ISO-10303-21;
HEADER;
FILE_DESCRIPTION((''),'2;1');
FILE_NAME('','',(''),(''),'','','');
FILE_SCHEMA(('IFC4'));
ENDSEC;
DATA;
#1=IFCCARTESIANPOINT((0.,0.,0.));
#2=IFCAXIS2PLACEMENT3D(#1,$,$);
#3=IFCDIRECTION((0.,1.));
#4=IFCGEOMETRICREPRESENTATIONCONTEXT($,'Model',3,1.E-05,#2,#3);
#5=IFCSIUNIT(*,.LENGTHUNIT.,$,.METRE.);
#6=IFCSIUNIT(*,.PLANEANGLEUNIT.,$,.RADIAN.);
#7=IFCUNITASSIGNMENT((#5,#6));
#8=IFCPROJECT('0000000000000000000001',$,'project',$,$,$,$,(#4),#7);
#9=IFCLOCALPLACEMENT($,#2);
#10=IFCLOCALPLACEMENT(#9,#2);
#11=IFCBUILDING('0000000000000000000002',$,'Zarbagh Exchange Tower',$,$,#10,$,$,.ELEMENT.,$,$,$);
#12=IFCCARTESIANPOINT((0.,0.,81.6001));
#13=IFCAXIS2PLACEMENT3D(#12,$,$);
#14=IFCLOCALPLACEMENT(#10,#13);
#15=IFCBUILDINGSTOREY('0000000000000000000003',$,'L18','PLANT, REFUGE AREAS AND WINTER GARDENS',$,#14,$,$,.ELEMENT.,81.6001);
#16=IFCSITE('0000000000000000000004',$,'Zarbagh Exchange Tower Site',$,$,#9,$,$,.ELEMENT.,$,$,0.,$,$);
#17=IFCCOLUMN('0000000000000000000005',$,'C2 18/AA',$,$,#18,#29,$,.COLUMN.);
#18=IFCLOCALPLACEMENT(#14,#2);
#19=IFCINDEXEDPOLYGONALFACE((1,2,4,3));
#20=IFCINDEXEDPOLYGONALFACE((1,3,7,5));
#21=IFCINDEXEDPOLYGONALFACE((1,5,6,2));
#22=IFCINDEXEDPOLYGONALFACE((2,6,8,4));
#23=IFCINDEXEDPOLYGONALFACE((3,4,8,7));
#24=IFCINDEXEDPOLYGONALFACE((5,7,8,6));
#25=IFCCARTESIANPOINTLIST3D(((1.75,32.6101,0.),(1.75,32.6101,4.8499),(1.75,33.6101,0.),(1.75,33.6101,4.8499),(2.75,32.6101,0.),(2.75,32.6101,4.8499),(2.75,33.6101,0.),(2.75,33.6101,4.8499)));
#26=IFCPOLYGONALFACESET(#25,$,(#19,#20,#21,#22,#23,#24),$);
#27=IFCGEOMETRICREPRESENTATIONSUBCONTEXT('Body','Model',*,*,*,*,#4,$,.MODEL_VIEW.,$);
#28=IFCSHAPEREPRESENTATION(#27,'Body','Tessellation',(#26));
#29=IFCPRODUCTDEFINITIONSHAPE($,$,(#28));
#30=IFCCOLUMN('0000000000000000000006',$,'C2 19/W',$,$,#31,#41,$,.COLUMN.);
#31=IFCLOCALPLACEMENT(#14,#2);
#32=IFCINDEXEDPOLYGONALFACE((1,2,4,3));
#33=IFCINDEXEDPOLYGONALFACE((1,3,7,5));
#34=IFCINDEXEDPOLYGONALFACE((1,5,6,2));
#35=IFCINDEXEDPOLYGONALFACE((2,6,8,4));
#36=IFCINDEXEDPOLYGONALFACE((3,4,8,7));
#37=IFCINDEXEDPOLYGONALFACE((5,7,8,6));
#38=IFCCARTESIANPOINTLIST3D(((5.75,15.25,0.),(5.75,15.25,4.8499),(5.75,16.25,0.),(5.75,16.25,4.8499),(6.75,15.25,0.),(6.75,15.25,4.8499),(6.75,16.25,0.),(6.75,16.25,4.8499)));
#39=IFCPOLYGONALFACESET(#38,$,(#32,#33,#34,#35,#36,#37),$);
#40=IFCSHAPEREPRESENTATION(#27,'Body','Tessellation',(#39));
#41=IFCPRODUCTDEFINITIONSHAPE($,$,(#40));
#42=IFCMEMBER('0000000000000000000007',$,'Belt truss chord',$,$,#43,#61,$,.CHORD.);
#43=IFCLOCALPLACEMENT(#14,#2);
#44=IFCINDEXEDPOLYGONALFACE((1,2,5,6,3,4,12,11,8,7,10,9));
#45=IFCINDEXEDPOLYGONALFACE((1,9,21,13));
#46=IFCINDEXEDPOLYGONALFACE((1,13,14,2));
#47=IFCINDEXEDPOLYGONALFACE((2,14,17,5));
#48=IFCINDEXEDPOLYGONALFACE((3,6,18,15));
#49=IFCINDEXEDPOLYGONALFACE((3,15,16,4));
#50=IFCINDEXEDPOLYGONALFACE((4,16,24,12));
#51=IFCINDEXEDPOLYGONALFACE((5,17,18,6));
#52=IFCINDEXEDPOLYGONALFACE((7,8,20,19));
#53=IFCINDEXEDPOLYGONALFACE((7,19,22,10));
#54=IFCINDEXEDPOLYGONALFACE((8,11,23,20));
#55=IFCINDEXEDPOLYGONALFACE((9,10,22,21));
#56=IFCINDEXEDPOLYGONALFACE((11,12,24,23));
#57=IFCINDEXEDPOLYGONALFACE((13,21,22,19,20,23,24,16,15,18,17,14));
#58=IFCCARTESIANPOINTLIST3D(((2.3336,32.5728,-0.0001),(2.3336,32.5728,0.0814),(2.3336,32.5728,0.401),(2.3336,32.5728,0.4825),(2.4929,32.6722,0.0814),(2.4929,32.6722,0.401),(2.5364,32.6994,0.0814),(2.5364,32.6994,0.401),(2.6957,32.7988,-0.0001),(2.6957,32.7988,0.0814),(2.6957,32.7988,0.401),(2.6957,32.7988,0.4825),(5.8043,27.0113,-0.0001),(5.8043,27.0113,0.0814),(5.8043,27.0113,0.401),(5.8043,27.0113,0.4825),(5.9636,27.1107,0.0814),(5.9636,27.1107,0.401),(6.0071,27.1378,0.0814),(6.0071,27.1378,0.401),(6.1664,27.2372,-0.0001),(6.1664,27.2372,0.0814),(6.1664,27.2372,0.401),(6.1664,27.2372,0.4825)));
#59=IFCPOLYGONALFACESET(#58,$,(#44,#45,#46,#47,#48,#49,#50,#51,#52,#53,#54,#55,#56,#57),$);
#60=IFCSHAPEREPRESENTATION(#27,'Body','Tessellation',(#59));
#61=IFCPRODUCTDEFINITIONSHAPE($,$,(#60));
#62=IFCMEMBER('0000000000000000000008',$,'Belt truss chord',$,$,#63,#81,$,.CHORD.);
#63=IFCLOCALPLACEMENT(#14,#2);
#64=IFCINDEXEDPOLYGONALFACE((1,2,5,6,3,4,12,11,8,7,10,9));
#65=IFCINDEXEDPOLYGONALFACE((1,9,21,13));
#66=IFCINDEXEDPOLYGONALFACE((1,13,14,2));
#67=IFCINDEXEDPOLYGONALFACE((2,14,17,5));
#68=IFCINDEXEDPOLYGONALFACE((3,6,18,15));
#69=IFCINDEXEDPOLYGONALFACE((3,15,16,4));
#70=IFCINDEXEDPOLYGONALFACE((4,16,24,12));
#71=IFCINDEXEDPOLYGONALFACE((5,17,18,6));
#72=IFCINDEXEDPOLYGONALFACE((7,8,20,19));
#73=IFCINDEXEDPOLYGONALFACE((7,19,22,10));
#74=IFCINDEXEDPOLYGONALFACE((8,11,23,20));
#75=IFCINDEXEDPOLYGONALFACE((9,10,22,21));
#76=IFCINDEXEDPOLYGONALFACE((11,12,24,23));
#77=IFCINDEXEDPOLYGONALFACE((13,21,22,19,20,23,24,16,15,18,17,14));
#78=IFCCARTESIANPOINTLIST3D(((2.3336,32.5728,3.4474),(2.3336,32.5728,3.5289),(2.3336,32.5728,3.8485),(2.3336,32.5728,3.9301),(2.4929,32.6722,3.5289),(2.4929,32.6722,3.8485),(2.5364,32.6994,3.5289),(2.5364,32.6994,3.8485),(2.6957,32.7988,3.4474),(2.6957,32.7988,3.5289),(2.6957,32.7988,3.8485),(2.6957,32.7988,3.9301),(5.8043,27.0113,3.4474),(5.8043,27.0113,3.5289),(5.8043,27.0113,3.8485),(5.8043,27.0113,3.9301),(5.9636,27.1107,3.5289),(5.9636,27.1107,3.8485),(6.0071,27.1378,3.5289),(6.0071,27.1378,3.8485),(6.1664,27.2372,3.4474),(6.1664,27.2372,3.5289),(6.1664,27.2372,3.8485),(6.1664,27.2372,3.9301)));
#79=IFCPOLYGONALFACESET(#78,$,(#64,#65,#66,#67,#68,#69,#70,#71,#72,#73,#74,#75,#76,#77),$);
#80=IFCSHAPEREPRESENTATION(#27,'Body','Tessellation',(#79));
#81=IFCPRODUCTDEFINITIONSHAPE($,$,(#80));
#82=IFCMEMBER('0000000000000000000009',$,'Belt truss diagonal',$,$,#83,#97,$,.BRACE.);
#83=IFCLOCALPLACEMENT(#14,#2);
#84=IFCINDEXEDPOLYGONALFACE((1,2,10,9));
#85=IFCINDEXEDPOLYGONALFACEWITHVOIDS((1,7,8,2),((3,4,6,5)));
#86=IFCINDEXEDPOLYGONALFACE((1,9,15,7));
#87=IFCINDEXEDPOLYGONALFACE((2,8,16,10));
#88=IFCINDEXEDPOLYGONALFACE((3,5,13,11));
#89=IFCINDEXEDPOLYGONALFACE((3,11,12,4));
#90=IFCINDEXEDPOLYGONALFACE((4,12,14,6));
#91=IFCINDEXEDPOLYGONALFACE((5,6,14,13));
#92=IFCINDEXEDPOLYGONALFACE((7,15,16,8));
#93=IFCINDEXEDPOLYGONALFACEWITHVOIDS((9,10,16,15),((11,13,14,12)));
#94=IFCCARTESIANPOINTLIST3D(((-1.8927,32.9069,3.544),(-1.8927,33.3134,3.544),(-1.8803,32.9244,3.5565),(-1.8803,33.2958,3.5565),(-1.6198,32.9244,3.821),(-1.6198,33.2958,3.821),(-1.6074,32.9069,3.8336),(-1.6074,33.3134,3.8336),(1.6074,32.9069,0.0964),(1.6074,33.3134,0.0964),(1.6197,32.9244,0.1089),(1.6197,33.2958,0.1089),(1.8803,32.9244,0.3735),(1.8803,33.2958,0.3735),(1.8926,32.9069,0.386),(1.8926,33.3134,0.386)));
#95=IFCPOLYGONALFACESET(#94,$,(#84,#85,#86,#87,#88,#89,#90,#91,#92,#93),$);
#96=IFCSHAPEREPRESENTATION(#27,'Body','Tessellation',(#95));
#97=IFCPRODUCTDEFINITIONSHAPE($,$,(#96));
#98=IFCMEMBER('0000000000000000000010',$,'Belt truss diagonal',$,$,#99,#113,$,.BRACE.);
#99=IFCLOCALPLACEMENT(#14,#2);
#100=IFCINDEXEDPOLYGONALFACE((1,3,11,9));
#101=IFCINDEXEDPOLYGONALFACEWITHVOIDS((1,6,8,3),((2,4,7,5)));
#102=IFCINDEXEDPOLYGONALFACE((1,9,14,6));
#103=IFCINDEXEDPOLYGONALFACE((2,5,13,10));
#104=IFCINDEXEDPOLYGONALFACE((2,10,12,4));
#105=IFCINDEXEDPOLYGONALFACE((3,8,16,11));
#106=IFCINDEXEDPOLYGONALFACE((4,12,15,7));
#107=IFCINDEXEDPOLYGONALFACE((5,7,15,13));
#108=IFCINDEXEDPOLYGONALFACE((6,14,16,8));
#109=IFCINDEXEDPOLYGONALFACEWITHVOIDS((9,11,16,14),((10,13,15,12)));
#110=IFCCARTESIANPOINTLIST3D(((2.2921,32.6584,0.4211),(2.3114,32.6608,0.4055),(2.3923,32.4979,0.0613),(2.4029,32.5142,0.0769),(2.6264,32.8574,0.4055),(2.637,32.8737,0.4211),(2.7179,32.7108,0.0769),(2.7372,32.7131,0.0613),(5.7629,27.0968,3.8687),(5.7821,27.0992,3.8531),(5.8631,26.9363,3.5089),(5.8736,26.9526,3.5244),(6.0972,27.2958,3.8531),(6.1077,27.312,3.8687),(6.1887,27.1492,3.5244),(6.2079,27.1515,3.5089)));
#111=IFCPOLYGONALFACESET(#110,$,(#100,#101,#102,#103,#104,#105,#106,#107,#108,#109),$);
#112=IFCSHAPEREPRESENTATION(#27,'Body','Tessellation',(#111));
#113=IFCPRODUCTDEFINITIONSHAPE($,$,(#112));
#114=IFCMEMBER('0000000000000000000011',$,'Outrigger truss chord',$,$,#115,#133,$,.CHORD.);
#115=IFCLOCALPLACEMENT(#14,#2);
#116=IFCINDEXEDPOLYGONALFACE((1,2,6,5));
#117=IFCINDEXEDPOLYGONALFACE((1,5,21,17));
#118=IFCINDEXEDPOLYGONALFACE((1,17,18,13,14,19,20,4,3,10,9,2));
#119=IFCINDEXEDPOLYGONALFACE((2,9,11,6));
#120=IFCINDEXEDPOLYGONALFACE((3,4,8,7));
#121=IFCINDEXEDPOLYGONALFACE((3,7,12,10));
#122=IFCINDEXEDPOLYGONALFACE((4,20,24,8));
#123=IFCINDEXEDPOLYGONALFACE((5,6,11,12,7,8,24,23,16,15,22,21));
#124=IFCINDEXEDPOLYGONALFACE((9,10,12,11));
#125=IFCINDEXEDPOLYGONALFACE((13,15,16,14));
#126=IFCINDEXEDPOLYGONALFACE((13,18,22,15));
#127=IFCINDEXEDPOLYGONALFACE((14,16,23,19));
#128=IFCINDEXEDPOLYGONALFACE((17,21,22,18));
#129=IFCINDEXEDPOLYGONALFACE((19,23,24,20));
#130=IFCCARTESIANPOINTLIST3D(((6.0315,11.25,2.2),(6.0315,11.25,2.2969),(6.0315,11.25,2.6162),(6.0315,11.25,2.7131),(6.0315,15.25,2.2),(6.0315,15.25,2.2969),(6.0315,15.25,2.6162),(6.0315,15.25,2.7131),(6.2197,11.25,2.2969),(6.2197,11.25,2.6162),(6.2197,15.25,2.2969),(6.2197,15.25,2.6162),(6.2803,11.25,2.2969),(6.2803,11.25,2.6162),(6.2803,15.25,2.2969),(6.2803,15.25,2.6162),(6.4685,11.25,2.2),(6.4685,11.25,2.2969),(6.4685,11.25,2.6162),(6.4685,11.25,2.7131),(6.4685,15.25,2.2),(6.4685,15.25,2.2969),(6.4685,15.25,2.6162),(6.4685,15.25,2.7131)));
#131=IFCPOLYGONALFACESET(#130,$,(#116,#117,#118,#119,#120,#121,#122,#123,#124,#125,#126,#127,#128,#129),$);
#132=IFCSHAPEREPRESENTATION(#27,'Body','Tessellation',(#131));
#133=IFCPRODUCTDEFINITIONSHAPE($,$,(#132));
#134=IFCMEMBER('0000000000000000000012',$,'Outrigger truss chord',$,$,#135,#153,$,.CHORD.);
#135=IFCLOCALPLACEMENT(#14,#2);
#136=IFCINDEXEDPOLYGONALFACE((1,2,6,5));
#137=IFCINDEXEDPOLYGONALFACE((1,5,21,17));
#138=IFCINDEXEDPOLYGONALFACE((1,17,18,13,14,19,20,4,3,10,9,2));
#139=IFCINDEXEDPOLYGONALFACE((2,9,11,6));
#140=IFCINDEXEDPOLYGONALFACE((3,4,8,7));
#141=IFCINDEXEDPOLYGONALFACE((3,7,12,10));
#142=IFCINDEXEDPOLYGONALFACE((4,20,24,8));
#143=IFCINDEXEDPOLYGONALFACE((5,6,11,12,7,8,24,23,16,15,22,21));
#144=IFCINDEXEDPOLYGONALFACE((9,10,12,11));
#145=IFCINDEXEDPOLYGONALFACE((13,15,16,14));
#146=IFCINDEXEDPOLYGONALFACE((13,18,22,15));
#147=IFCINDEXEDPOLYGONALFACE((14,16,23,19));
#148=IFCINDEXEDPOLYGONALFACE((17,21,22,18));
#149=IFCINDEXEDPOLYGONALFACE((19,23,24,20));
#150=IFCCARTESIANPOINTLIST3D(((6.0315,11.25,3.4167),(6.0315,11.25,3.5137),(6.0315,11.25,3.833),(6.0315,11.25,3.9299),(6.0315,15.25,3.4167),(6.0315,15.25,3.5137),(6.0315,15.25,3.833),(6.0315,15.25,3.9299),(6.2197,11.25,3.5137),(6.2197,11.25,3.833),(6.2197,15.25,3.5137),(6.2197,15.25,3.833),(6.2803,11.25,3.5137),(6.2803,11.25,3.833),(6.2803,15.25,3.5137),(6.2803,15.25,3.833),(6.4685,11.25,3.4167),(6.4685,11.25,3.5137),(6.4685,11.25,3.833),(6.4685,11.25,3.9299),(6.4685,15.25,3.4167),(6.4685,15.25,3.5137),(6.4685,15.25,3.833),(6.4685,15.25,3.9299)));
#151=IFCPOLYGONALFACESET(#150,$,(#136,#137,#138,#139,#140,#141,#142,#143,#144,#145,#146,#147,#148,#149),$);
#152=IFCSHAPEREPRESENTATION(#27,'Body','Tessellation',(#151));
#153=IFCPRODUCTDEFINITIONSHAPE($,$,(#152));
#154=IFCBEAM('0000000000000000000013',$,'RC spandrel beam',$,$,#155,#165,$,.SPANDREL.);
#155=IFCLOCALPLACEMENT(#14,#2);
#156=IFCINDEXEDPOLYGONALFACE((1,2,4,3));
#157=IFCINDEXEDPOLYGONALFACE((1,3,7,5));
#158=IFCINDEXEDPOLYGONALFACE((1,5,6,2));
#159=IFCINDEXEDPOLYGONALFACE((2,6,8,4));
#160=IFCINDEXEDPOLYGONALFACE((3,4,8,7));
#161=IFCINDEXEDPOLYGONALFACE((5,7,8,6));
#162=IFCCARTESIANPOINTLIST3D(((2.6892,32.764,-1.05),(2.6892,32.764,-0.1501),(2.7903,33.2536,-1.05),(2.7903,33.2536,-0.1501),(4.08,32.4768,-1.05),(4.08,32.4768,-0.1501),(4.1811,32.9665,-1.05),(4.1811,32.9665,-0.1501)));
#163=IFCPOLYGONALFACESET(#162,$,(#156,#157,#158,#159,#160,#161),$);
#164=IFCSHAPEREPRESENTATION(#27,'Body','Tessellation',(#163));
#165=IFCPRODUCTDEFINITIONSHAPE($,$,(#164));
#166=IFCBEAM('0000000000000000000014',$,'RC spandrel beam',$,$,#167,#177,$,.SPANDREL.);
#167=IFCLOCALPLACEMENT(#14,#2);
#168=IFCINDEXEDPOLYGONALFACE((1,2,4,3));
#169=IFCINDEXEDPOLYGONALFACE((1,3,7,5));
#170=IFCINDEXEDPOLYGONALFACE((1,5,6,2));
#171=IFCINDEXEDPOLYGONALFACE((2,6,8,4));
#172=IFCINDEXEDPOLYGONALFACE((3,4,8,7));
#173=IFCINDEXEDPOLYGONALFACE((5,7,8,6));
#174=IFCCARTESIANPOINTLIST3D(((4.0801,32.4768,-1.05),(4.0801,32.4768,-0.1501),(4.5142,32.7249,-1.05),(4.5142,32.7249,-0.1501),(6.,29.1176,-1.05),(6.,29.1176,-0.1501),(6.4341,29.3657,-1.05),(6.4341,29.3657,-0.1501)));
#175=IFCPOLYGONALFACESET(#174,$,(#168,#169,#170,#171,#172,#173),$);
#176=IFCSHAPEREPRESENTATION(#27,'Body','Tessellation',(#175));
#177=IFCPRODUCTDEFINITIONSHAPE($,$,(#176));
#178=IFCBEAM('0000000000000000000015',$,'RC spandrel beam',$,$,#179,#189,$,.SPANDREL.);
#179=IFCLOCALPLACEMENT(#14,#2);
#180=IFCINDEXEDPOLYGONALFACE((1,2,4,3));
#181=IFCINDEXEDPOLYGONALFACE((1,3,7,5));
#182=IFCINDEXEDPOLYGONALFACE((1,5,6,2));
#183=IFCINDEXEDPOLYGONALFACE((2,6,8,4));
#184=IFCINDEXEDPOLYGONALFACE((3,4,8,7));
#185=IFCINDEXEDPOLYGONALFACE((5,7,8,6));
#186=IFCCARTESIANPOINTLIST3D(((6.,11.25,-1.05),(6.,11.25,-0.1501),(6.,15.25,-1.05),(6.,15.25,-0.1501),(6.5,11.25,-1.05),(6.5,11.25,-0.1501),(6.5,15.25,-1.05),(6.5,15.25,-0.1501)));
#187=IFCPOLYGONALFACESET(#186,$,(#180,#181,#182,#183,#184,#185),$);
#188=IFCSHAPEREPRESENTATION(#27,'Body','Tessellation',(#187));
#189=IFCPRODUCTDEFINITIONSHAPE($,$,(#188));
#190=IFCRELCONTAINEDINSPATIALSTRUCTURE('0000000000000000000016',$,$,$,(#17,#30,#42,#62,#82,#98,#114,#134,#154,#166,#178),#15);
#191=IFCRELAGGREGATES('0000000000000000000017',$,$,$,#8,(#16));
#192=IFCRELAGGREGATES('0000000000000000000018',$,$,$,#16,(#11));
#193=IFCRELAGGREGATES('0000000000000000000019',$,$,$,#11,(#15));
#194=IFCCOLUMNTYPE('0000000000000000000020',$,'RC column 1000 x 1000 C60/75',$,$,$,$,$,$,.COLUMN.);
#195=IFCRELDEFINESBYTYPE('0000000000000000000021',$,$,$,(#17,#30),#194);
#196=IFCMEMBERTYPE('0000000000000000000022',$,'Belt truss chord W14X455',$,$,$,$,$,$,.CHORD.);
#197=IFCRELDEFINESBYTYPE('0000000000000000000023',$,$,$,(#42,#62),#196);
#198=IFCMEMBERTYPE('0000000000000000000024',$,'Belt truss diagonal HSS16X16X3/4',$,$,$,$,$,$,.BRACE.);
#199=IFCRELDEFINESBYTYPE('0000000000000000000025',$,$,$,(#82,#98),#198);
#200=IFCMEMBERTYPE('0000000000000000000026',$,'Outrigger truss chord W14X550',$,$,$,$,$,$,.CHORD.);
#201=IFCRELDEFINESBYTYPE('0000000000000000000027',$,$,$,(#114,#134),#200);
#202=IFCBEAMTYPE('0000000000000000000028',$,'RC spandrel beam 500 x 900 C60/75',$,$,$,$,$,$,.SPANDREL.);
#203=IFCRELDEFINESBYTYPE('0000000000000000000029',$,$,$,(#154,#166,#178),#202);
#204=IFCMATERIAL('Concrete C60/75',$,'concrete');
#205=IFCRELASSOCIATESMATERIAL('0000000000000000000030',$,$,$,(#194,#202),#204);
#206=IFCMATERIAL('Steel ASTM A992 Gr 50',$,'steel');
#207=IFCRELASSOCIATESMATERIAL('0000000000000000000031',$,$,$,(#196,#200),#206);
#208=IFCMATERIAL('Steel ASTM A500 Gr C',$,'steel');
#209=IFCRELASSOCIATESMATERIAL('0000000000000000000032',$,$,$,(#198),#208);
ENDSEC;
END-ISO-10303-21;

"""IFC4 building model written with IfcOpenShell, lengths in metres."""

from ifc_helpers import new_model, si_unit, direction, frame, origin, origin_2d, place, context, subcontext, project, spatial, rectangle, hollow_rectangle, i_section, extrude, material, material_profile, profile_set, type_object, element, save


model = new_model("IFC4")

# Units and contexts
model_context = context("Model", 3, precision=1e-05, world=origin(), true_north=direction((0.0, 1.0)))
body_context = subcontext(model_context, "Body", "Model", "MODEL_VIEW")
ifc_project = project(units=[si_unit("LENGTHUNIT", "METRE"), si_unit("PLANEANGLEUNIT", "RADIAN")], contexts=[model_context])

# Site, building, storey
site_placement = place(None, origin())
site = spatial("IfcSite", under=ifc_project, at=site_placement, Name="Zarbagh Exchange Tower Site", CompositionType="ELEMENT", RefElevation=0.0)
building_placement = place(site_placement, origin())
building = spatial("IfcBuilding", under=site, at=building_placement, Name="Zarbagh Exchange Tower", CompositionType="ELEMENT")
storey_placement = place(building_placement, frame((0.0, 0.0, 81.6001)))
storey = spatial("IfcBuildingStorey", under=building, at=storey_placement, Name="L18", Description="PLANT, REFUGE AREAS AND WINTER GARDENS", CompositionType="ELEMENT", Elevation=81.6001)

# Columns
ifc_material_1 = material(Name="Concrete C60/75", Category="concrete")
ifc_material_profile_1 = material_profile(ifc_material_1, rectangle(XDim=1.0, YDim=1.0, at=origin_2d()), Name="RC column 1000 x 1000 C60/75")
ifc_profile_set_1 = profile_set([ifc_material_profile_1], Name="Concrete C60/75")
column_type = type_object("IfcColumnType", Name="RC column 1000 x 1000 C60/75", PredefinedType="COLUMN", material=ifc_profile_set_1)
for number, where, z_axis, x_axis, name in (
    (1, (2.25, 33.1101, 0.0), (0.0, 0.0, 1.0), (1.0, 0.0, 0.0), "C2 18/AA"),
    (2, (6.25, 15.75, 0.0), (0.0, 0.0, 1.0), (1.0, 0.0, 0.0), "C2 19/W"),
):
    element("IfcColumn", number, at=place(storey_placement, frame(where, z_axis=z_axis, x_axis=x_axis)), inside=storey, type_object=column_type, Name=name, PredefinedType="COLUMN", context=body_context, shape_type="SweptSolid", body=[
        extrude(rectangle(XDim=1.0, YDim=1.0, at=origin_2d()), origin(), (0.0, 0.0, 1.0), 4.8499),
    ])

# Members
ifc_material_2 = material(Name="Steel ASTM A992 Gr 50", Category="steel")
ifc_material_profile_2 = material_profile(ifc_material_2, i_section(OverallWidth=0.4268, OverallDepth=0.4827, WebThickness=0.0513, FlangeThickness=0.0815, at=origin_2d()), Name="W14X455")
ifc_profile_set_2 = profile_set([ifc_material_profile_2], Name="Steel ASTM A992 Gr 50")
member_type_1 = type_object("IfcMemberType", Name="Belt truss chord W14X455", PredefinedType="CHORD", material=ifc_profile_set_2)
for number, where, z_axis, x_axis, name in (
    (3, (2.5146, 32.6858, 0.2412), (0.529423, -0.848358, 0.0), (0.848358, 0.529423, 0.0), "Belt truss chord"),
    (4, (2.5146, 32.6858, 3.6887), (0.529423, -0.848358, 0.0), (0.848358, 0.529423, 0.0), "Belt truss chord"),
):
    element("IfcMember", number, at=place(storey_placement, frame(where, z_axis=z_axis, x_axis=x_axis)), inside=storey, type_object=member_type_1, Name=name, PredefinedType="CHORD", context=body_context, shape_type="SweptSolid", body=[
        extrude(i_section(OverallWidth=0.4268, OverallDepth=0.4827, WebThickness=0.0513, FlangeThickness=0.0815, at=origin_2d()), origin(), (0.0, 0.0, 1.0), 6.5557),
    ])
ifc_material_3 = material(Name="Steel ASTM A500 Gr C", Category="steel")
ifc_material_profile_3 = material_profile(ifc_material_3, hollow_rectangle(XDim=0.4065, YDim=0.4065, WallThickness=0.0176, at=origin_2d()), Name="HSS16X16X3/4")
ifc_profile_set_3 = profile_set([ifc_material_profile_3], Name="Steel ASTM A500 Gr C")
member_type_2 = type_object("IfcMemberType", Name="Belt truss diagonal HSS16X16X3/4", PredefinedType="BRACE", material=ifc_profile_set_3)
member_1_placement = place(storey_placement, frame((1.75, 33.1101, 0.2412), z_axis=(-0.712429, 0.0, 0.701744), x_axis=(0.0, -1.0, 0.0)))
element("IfcMember", 5, at=member_1_placement, inside=storey, type_object=member_type_2, Name="Belt truss diagonal", PredefinedType="BRACE", context=body_context, shape_type="SweptSolid", body=[
    extrude(hollow_rectangle(XDim=0.4065, YDim=0.4065, WallThickness=0.0176, at=origin_2d()), origin(), (0.0, 0.0, 1.0), 4.9128),
])
member_2_placement = place(storey_placement, frame((2.5146, 32.6858, 0.2412), z_axis=(0.468579, -0.750861, 0.465448), x_axis=(0.848358, 0.529423, 0.0)))
element("IfcMember", 6, at=member_2_placement, inside=storey, type_object=member_type_2, Name="Belt truss diagonal", PredefinedType="BRACE", context=body_context, shape_type="SweptSolid", body=[
    extrude(hollow_rectangle(XDim=0.4065, YDim=0.4065, WallThickness=0.0176, at=origin_2d()), origin(), (0.0, 0.0, 1.0), 7.407),
])
ifc_material_profile_4 = material_profile(ifc_material_2, i_section(OverallWidth=0.437, OverallDepth=0.5132, WebThickness=0.0605, FlangeThickness=0.0969, at=origin_2d()), Name="W14X550")
ifc_profile_set_4 = profile_set([ifc_material_profile_4], Name="Steel ASTM A992 Gr 50")
member_type_3 = type_object("IfcMemberType", Name="Outrigger truss chord W14X550", PredefinedType="CHORD", material=ifc_profile_set_4)
for number, where, z_axis, x_axis, name in (
    (7, (6.25, 15.25, 2.4565), (0.0, -1.0, 0.0), (1.0, 0.0, 0.0), "Outrigger truss chord"),
    (8, (6.25, 15.25, 3.6733), (0.0, -1.0, 0.0), (1.0, 0.0, 0.0), "Outrigger truss chord"),
):
    element("IfcMember", number, at=place(storey_placement, frame(where, z_axis=z_axis, x_axis=x_axis)), inside=storey, type_object=member_type_3, Name=name, PredefinedType="CHORD", context=body_context, shape_type="SweptSolid", body=[
        extrude(i_section(OverallWidth=0.437, OverallDepth=0.5132, WebThickness=0.0605, FlangeThickness=0.0969, at=origin_2d()), origin(), (0.0, 0.0, 1.0), 4.0),
    ])

# Beams
ifc_material_profile_5 = material_profile(ifc_material_1, rectangle(XDim=0.5, YDim=0.8999, at=origin_2d()), Name="RC spandrel beam 500 x 900 C60/75")
ifc_profile_set_5 = profile_set([ifc_material_profile_5], Name="Concrete C60/75")
beam_type = type_object("IfcBeamType", Name="RC spandrel beam 500 x 900 C60/75", PredefinedType="SPANDREL", material=ifc_profile_set_5)
beam_1_placement = place(storey_placement, frame((2.7397, 33.0088, -0.6001), z_axis=(0.979352, -0.202162, 0.0), x_axis=(0.202162, 0.979352, 0.0)))
element("IfcBeam", 9, at=beam_1_placement, inside=storey, type_object=beam_type, Name="RC spandrel beam", PredefinedType="SPANDREL", context=body_context, shape_type="SweptSolid", body=[
    extrude(rectangle(XDim=0.5, YDim=0.8999, at=origin_2d()), origin(), (0.0, 0.0, 1.0), 1.4202),
])
beam_2_placement = place(storey_placement, frame((4.2971, 32.6008, -0.6001), z_axis=(0.49622, -0.868197, 0.0), x_axis=(0.868197, 0.49622, 0.0)))
element("IfcBeam", 10, at=beam_2_placement, inside=storey, type_object=beam_type, Name="RC spandrel beam", PredefinedType="SPANDREL", context=body_context, shape_type="SweptSolid", body=[
    extrude(rectangle(XDim=0.5, YDim=0.8999, at=origin_2d()), origin(), (0.0, 0.0, 1.0), 3.8691),
])
beam_3_placement = place(storey_placement, frame((6.25, 15.25, -0.6001), z_axis=(0.0, -1.0, 0.0), x_axis=(1.0, 0.0, 0.0)))
element("IfcBeam", 11, at=beam_3_placement, inside=storey, type_object=beam_type, Name="RC spandrel beam", PredefinedType="SPANDREL", context=body_context, shape_type="SweptSolid", body=[
    extrude(rectangle(XDim=0.5, YDim=0.8999, at=origin_2d()), origin(), (0.0, 0.0, 1.0), 4.0),
])

save(model, "model.ifc")
